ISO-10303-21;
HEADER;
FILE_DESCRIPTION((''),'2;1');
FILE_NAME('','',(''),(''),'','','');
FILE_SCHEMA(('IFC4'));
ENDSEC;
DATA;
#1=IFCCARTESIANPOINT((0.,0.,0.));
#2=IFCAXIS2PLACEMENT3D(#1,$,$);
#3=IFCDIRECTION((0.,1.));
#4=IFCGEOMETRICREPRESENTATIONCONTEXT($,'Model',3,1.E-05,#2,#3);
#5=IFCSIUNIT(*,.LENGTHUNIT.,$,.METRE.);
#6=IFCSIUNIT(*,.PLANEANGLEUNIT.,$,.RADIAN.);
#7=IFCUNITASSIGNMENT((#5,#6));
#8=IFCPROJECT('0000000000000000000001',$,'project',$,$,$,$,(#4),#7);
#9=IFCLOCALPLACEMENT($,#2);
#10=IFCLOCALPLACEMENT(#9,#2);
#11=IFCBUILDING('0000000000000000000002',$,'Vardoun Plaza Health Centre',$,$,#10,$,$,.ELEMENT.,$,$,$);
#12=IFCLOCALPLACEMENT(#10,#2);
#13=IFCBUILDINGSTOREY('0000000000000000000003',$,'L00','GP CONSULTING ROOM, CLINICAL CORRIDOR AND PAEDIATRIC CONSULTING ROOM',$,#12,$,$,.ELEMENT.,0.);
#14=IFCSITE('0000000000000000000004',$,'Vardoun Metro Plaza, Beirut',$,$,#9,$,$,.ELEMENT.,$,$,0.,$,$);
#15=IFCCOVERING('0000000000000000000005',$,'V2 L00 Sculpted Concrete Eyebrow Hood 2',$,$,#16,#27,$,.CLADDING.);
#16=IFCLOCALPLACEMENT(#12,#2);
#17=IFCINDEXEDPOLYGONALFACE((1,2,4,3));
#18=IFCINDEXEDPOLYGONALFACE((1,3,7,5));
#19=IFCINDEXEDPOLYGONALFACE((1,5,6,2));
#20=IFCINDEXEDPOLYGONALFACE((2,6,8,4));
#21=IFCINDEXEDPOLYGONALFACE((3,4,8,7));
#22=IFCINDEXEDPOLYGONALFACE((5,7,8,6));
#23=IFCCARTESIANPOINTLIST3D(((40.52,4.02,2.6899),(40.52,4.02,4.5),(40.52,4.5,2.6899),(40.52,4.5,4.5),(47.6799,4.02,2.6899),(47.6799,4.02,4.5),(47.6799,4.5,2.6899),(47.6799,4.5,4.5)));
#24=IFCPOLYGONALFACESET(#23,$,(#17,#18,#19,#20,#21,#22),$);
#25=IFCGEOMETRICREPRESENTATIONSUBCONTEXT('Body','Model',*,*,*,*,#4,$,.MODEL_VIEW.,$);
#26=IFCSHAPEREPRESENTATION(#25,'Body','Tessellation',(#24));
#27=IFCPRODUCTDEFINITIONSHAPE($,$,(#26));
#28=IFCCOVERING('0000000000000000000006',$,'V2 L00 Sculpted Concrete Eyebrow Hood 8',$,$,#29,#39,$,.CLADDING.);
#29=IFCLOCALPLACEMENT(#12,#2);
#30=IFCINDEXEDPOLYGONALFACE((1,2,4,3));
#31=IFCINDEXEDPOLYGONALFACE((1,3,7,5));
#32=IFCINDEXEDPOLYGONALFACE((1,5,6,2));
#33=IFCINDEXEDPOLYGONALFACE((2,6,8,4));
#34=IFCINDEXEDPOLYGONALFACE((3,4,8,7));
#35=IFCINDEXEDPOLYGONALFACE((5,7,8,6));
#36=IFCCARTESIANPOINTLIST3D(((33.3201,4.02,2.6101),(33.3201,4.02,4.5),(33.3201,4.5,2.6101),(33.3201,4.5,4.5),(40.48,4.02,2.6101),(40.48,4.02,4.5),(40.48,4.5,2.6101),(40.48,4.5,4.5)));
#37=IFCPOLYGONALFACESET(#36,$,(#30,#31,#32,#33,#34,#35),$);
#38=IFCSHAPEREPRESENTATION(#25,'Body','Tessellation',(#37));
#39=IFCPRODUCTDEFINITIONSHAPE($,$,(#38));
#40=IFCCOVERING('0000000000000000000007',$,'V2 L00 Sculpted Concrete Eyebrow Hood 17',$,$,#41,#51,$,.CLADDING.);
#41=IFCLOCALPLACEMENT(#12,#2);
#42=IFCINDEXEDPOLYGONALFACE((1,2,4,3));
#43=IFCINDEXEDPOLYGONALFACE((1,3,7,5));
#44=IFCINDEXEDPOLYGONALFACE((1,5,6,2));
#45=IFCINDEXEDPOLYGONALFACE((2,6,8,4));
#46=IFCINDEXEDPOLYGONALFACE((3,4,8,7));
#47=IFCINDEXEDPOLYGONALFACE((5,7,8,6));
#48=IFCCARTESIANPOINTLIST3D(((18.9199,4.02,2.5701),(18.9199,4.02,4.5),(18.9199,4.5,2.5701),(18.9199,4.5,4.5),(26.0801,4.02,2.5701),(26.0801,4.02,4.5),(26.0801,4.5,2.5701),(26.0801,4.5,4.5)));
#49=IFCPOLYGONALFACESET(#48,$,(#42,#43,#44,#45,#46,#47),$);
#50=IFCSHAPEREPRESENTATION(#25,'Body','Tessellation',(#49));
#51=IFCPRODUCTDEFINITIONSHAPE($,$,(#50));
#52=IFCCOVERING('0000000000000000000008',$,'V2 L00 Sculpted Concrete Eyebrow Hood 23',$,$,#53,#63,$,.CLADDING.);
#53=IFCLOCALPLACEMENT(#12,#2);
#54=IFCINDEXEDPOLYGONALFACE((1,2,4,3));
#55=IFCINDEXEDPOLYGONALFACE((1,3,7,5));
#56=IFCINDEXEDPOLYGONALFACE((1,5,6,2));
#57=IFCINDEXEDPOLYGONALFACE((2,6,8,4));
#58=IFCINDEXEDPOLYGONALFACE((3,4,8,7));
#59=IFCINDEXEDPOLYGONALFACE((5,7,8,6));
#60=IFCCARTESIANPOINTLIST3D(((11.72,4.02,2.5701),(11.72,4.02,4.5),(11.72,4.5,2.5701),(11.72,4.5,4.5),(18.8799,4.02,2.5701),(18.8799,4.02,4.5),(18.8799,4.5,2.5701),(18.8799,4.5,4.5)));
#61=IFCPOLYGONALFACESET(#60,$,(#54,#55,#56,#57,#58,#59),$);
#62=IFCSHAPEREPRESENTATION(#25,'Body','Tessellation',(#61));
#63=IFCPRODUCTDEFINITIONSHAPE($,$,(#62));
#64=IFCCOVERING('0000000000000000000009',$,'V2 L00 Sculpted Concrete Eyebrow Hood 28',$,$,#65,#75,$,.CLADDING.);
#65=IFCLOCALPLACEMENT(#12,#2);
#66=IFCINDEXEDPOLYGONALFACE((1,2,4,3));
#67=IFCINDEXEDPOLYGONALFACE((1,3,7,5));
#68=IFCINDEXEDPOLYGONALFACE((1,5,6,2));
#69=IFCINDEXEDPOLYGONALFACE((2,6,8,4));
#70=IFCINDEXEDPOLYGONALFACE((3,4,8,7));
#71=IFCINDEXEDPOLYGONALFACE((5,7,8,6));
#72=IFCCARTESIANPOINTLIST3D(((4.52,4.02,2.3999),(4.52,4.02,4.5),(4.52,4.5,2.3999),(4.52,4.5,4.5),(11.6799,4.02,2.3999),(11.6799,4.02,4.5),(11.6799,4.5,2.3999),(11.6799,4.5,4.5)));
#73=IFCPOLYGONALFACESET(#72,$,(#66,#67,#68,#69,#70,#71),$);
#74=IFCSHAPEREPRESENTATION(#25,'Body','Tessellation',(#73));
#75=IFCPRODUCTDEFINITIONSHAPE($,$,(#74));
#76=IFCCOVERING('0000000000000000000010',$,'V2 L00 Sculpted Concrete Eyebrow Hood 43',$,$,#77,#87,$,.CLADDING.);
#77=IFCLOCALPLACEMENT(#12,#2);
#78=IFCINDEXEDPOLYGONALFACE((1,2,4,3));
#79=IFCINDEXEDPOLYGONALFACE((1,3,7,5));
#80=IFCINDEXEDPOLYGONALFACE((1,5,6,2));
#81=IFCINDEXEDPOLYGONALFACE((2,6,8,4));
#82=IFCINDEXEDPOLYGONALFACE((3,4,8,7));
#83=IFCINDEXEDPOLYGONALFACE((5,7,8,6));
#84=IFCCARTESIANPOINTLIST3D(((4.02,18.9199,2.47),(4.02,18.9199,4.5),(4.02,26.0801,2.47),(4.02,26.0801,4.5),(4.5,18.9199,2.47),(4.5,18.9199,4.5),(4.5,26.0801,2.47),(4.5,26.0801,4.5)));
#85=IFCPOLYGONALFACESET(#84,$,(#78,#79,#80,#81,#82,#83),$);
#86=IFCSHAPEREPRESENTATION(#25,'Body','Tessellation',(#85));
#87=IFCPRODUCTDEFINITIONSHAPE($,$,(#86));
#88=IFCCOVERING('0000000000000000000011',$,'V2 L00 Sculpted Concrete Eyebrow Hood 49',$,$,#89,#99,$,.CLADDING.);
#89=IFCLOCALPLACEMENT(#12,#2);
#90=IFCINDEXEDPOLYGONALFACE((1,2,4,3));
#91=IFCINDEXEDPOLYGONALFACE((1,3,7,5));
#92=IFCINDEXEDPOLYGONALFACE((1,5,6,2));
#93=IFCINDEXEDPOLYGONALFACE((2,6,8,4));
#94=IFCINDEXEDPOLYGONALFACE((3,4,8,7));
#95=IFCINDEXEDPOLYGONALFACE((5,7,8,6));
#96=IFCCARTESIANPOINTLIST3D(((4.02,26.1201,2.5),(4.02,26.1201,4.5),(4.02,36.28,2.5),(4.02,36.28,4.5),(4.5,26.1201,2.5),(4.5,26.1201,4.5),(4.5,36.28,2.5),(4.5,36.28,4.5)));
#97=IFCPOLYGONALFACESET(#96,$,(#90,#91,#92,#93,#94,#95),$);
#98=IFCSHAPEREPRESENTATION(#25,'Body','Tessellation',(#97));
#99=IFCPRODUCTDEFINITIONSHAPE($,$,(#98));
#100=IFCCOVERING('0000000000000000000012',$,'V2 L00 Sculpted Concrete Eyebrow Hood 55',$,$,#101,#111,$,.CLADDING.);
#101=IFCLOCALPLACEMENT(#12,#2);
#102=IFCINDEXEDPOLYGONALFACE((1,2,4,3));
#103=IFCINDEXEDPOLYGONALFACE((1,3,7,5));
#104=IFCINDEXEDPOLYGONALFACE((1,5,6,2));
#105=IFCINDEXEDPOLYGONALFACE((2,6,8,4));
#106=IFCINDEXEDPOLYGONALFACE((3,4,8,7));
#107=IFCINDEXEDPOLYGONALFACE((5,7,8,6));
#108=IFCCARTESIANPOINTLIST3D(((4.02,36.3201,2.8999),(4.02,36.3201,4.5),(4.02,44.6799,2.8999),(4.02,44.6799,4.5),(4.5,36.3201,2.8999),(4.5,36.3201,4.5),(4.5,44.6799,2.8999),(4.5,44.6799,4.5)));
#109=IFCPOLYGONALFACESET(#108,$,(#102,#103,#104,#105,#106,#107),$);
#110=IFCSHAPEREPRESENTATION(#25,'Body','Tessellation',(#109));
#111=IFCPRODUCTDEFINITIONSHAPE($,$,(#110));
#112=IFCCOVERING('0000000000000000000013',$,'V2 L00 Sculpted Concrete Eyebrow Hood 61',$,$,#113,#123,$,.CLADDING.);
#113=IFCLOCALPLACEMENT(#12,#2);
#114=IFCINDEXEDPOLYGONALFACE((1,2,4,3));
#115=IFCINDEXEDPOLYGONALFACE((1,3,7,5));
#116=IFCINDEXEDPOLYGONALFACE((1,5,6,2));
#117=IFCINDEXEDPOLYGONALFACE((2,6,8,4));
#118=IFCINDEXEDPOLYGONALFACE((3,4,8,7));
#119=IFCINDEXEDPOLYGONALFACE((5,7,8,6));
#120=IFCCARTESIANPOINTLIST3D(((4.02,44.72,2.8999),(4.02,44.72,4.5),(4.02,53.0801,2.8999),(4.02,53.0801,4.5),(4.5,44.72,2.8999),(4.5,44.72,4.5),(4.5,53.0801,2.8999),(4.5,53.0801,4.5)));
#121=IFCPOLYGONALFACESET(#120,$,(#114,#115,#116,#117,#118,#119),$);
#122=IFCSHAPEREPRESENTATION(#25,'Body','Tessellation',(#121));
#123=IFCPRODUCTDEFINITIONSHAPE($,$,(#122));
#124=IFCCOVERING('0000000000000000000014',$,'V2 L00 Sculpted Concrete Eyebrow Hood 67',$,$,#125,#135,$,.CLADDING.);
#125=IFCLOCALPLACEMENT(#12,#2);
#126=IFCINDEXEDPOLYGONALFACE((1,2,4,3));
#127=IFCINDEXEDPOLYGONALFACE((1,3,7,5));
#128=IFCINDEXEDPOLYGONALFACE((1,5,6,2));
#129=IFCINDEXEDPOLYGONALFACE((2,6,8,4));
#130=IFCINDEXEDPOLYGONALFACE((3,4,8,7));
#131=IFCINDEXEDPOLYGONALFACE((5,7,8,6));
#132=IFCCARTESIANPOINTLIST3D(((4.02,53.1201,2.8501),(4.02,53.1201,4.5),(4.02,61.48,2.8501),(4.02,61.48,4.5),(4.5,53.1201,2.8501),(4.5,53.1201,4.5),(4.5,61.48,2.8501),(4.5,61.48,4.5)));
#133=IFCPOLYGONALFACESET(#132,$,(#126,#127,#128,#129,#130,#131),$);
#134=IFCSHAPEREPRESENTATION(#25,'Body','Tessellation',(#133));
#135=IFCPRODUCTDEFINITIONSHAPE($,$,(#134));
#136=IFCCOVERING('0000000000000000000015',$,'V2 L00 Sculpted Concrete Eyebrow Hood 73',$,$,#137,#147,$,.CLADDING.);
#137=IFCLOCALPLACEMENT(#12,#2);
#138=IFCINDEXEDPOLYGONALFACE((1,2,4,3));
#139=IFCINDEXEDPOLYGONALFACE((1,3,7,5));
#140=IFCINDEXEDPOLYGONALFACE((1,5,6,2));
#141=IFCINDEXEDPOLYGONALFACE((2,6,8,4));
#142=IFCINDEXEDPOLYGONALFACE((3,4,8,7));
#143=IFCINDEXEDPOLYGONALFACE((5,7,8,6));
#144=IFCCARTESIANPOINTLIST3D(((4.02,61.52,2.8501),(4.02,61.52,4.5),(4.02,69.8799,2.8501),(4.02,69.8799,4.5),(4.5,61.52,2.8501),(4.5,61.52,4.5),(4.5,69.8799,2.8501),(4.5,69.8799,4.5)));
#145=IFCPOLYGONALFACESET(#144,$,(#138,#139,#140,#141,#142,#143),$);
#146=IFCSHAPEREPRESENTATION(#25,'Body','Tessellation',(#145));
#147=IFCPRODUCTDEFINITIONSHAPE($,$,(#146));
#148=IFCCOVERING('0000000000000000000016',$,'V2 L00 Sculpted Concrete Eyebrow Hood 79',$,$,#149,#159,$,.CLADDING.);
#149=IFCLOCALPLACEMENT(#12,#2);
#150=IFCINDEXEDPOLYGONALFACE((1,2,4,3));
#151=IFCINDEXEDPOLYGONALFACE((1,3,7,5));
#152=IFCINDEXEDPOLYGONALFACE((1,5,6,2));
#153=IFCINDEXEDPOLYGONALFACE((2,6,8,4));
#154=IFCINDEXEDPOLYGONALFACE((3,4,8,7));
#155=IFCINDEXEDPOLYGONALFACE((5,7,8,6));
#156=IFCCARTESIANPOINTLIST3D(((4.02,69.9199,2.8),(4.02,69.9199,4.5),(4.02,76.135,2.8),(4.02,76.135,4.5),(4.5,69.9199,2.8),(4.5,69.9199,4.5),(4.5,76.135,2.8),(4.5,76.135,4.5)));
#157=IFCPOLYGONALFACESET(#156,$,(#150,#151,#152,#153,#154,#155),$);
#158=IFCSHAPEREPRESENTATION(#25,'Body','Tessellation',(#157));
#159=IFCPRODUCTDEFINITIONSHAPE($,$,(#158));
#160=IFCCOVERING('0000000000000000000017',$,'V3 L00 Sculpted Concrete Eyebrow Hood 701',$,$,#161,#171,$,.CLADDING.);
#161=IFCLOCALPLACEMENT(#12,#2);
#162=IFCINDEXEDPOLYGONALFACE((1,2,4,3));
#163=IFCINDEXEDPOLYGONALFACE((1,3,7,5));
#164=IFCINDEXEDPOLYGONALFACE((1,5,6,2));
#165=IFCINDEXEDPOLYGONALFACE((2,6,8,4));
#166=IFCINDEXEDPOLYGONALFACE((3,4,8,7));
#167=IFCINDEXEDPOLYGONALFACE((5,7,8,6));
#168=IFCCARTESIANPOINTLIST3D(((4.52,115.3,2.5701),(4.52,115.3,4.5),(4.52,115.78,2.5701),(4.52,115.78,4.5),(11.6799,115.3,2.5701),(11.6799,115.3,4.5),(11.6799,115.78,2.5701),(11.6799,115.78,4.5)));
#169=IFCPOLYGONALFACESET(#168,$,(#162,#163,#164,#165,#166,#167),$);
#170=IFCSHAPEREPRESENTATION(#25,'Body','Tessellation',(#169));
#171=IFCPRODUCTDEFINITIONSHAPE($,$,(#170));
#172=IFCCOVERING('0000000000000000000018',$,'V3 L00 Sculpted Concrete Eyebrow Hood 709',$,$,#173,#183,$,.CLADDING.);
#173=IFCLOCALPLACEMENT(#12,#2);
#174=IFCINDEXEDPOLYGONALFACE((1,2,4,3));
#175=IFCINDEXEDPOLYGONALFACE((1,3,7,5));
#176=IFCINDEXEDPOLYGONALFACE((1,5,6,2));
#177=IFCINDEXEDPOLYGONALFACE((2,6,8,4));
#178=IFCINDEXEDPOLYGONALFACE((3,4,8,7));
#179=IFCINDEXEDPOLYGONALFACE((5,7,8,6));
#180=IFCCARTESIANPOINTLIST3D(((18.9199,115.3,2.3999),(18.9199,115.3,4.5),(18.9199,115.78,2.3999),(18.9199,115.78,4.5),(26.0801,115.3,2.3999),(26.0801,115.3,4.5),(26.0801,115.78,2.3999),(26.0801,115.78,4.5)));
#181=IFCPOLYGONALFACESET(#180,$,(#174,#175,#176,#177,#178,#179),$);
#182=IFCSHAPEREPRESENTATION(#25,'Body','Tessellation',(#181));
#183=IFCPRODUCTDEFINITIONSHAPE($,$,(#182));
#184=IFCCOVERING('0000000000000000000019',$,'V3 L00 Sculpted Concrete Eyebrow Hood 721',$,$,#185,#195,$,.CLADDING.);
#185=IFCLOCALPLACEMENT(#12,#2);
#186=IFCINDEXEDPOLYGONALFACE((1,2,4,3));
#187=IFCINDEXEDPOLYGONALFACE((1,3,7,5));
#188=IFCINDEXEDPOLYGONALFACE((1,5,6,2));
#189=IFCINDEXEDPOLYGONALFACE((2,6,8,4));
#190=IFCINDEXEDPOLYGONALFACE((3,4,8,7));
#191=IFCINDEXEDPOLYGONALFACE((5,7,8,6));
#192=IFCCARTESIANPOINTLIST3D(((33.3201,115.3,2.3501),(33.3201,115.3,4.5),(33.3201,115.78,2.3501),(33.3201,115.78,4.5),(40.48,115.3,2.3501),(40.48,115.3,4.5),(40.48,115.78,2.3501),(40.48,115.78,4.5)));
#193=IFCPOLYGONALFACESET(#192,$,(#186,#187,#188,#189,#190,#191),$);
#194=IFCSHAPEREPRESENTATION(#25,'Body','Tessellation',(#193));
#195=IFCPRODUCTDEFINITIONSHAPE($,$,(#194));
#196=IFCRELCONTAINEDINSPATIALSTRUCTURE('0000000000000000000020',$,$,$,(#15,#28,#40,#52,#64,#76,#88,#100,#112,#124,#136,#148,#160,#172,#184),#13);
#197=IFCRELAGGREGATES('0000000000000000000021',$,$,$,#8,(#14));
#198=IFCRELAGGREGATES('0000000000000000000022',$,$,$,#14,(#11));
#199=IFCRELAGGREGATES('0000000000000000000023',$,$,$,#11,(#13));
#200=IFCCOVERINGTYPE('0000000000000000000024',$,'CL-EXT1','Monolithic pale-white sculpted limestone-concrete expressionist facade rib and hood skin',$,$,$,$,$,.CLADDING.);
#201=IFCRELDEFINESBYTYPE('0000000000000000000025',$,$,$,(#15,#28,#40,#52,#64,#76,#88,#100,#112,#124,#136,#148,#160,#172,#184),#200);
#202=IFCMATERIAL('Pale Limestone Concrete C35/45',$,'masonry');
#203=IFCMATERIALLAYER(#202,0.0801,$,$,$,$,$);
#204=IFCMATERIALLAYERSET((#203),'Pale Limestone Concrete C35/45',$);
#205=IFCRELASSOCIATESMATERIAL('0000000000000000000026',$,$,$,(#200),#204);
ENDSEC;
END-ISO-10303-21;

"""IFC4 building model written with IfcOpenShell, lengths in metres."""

from ifc_helpers import new_model, si_unit, direction, frame, origin, place, context, subcontext, project, spatial, polyline, outline, extrude, material, layer, layer_set, type_object, element, save


model = new_model("IFC4")

# Units and contexts
model_context = context("Model", 3, precision=1e-05, world=origin(), true_north=direction((0.0, 1.0)))
body_context = subcontext(model_context, "Body", "Model", "MODEL_VIEW")
ifc_project = project(units=[si_unit("LENGTHUNIT", "METRE"), si_unit("PLANEANGLEUNIT", "RADIAN")], contexts=[model_context])

# Site, building, storey
site_placement = place(None, origin())
site = spatial("IfcSite", under=ifc_project, at=site_placement, Name="Vardoun Metro Plaza, Beirut", CompositionType="ELEMENT", RefElevation=0.0)
building_placement = place(site_placement, origin())
building = spatial("IfcBuilding", under=site, at=building_placement, Name="Vardoun Plaza Health Centre", CompositionType="ELEMENT")
storey_placement = place(building_placement, origin())
storey = spatial("IfcBuildingStorey", under=building, at=storey_placement, Name="L00", Description="GP CONSULTING ROOM, CLINICAL CORRIDOR AND PAEDIATRIC CONSULTING ROOM", CompositionType="ELEMENT", Elevation=0.0)

# Coverings
ifc_material = material(Name="Pale Limestone Concrete C35/45", Category="masonry")
ifc_layer = layer(ifc_material, 0.0801)
ifc_layer_set = layer_set([ifc_layer], Name="Pale Limestone Concrete C35/45")
covering_type = type_object("IfcCoveringType", Name="CL-EXT1", Description="Monolithic pale-white sculpted limestone-concrete expressionist facade rib and hood skin", PredefinedType="CLADDING", material=ifc_layer_set)
covering_1_placement = place(storey_placement, frame((0.0, 0.0, 2.6899)))
element("IfcCovering", 1, at=covering_1_placement, inside=storey, type_object=covering_type, Name="V2 L00 Sculpted Concrete Eyebrow Hood 2", PredefinedType="CLADDING", context=body_context, shape_type="SweptSolid", body=[
    extrude(outline(polyline([(47.6799, 4.5), (40.52, 4.5), (40.52, 4.02), (47.6799, 4.02), (47.6799, 4.5)])), origin(), (0.0, 0.0, 1.0), 1.8101),
])
covering_2_placement = place(storey_placement, frame((0.0, 0.0, 2.6101)))
element("IfcCovering", 2, at=covering_2_placement, inside=storey, type_object=covering_type, Name="V2 L00 Sculpted Concrete Eyebrow Hood 8", PredefinedType="CLADDING", context=body_context, shape_type="SweptSolid", body=[
    extrude(outline(polyline([(40.48, 4.5), (33.3201, 4.5), (33.3201, 4.02), (40.48, 4.02), (40.48, 4.5)])), origin(), (0.0, 0.0, 1.0), 1.8899),
])
covering_3_placement = place(storey_placement, frame((0.0, 0.0, 2.5701)))
element("IfcCovering", 3, at=covering_3_placement, inside=storey, type_object=covering_type, Name="V2 L00 Sculpted Concrete Eyebrow Hood 17", PredefinedType="CLADDING", context=body_context, shape_type="SweptSolid", body=[
    extrude(outline(polyline([(26.0801, 4.5), (18.9199, 4.5), (18.9199, 4.02), (26.0801, 4.02), (26.0801, 4.5)])), origin(), (0.0, 0.0, 1.0), 1.9299),
])
covering_4_placement = place(storey_placement, frame((0.0, 0.0, 2.5701)))
element("IfcCovering", 4, at=covering_4_placement, inside=storey, type_object=covering_type, Name="V2 L00 Sculpted Concrete Eyebrow Hood 23", PredefinedType="CLADDING", context=body_context, shape_type="SweptSolid", body=[
    extrude(outline(polyline([(18.8799, 4.5), (11.72, 4.5), (11.72, 4.02), (18.8799, 4.02), (18.8799, 4.5)])), origin(), (0.0, 0.0, 1.0), 1.9299),
])
covering_5_placement = place(storey_placement, frame((0.0, 0.0, 2.3999)))
element("IfcCovering", 5, at=covering_5_placement, inside=storey, type_object=covering_type, Name="V2 L00 Sculpted Concrete Eyebrow Hood 28", PredefinedType="CLADDING", context=body_context, shape_type="SweptSolid", body=[
    extrude(outline(polyline([(11.6799, 4.5), (4.52, 4.5), (4.52, 4.02), (11.6799, 4.02), (11.6799, 4.5)])), origin(), (0.0, 0.0, 1.0), 2.1001),
])
covering_6_placement = place(storey_placement, frame((0.0, 0.0, 2.47)))
element("IfcCovering", 6, at=covering_6_placement, inside=storey, type_object=covering_type, Name="V2 L00 Sculpted Concrete Eyebrow Hood 43", PredefinedType="CLADDING", context=body_context, shape_type="SweptSolid", body=[
    extrude(outline(polyline([(4.5, 18.9199), (4.5, 26.0801), (4.02, 26.0801), (4.02, 18.9199), (4.5, 18.9199)])), origin(), (0.0, 0.0, 1.0), 2.03),
])
covering_7_placement = place(storey_placement, frame((0.0, 0.0, 2.5)))
element("IfcCovering", 7, at=covering_7_placement, inside=storey, type_object=covering_type, Name="V2 L00 Sculpted Concrete Eyebrow Hood 49", PredefinedType="CLADDING", context=body_context, shape_type="SweptSolid", body=[
    extrude(outline(polyline([(4.5, 26.1201), (4.5, 36.28), (4.02, 36.28), (4.02, 26.1201), (4.5, 26.1201)])), origin(), (0.0, 0.0, 1.0), 2.0),
])
covering_8_placement = place(storey_placement, frame((0.0, 0.0, 2.8999)))
element("IfcCovering", 8, at=covering_8_placement, inside=storey, type_object=covering_type, Name="V2 L00 Sculpted Concrete Eyebrow Hood 55", PredefinedType="CLADDING", context=body_context, shape_type="SweptSolid", body=[
    extrude(outline(polyline([(4.5, 36.3201), (4.5, 44.6799), (4.02, 44.6799), (4.02, 36.3201), (4.5, 36.3201)])), origin(), (0.0, 0.0, 1.0), 1.6001),
])
covering_9_placement = place(storey_placement, frame((0.0, 0.0, 2.8999)))
element("IfcCovering", 9, at=covering_9_placement, inside=storey, type_object=covering_type, Name="V2 L00 Sculpted Concrete Eyebrow Hood 61", PredefinedType="CLADDING", context=body_context, shape_type="SweptSolid", body=[
    extrude(outline(polyline([(4.5, 44.72), (4.5, 53.0801), (4.02, 53.0801), (4.02, 44.72), (4.5, 44.72)])), origin(), (0.0, 0.0, 1.0), 1.6001),
])
covering_10_placement = place(storey_placement, frame((0.0, 0.0, 2.8501)))
element("IfcCovering", 10, at=covering_10_placement, inside=storey, type_object=covering_type, Name="V2 L00 Sculpted Concrete Eyebrow Hood 67", PredefinedType="CLADDING", context=body_context, shape_type="SweptSolid", body=[
    extrude(outline(polyline([(4.5, 53.1201), (4.5, 61.48), (4.02, 61.48), (4.02, 53.1201), (4.5, 53.1201)])), origin(), (0.0, 0.0, 1.0), 1.6499),
])
covering_11_placement = place(storey_placement, frame((0.0, 0.0, 2.8501)))
element("IfcCovering", 11, at=covering_11_placement, inside=storey, type_object=covering_type, Name="V2 L00 Sculpted Concrete Eyebrow Hood 73", PredefinedType="CLADDING", context=body_context, shape_type="SweptSolid", body=[
    extrude(outline(polyline([(4.5, 61.52), (4.5, 69.8799), (4.02, 69.8799), (4.02, 61.52), (4.5, 61.52)])), origin(), (0.0, 0.0, 1.0), 1.6499),
])
covering_12_placement = place(storey_placement, frame((0.0, 0.0, 2.8)))
element("IfcCovering", 12, at=covering_12_placement, inside=storey, type_object=covering_type, Name="V2 L00 Sculpted Concrete Eyebrow Hood 79", PredefinedType="CLADDING", context=body_context, shape_type="SweptSolid", body=[
    extrude(outline(polyline([(4.5, 69.9199), (4.5, 76.135), (4.02, 76.135), (4.02, 69.9199), (4.5, 69.9199)])), origin(), (0.0, 0.0, 1.0), 1.7),
])
covering_13_placement = place(storey_placement, frame((0.0, 0.0, 2.5701)))
element("IfcCovering", 13, at=covering_13_placement, inside=storey, type_object=covering_type, Name="V3 L00 Sculpted Concrete Eyebrow Hood 701", PredefinedType="CLADDING", context=body_context, shape_type="SweptSolid", body=[
    extrude(outline(polyline([(4.52, 115.3), (11.6799, 115.3), (11.6799, 115.78), (4.52, 115.78), (4.52, 115.3)])), origin(), (0.0, 0.0, 1.0), 1.9299),
])
covering_14_placement = place(storey_placement, frame((0.0, 0.0, 2.3999)))
element("IfcCovering", 14, at=covering_14_placement, inside=storey, type_object=covering_type, Name="V3 L00 Sculpted Concrete Eyebrow Hood 709", PredefinedType="CLADDING", context=body_context, shape_type="SweptSolid", body=[
    extrude(outline(polyline([(18.9199, 115.3), (26.0801, 115.3), (26.0801, 115.78), (18.9199, 115.78), (18.9199, 115.3)])), origin(), (0.0, 0.0, 1.0), 2.1001),
])
covering_15_placement = place(storey_placement, frame((0.0, 0.0, 2.3501)))
element("IfcCovering", 15, at=covering_15_placement, inside=storey, type_object=covering_type, Name="V3 L00 Sculpted Concrete Eyebrow Hood 721", PredefinedType="CLADDING", context=body_context, shape_type="SweptSolid", body=[
    extrude(outline(polyline([(33.3201, 115.3), (40.48, 115.3), (40.48, 115.78), (33.3201, 115.78), (33.3201, 115.3)])), origin(), (0.0, 0.0, 1.0), 2.1499),
])

save(model, "model.ifc")
